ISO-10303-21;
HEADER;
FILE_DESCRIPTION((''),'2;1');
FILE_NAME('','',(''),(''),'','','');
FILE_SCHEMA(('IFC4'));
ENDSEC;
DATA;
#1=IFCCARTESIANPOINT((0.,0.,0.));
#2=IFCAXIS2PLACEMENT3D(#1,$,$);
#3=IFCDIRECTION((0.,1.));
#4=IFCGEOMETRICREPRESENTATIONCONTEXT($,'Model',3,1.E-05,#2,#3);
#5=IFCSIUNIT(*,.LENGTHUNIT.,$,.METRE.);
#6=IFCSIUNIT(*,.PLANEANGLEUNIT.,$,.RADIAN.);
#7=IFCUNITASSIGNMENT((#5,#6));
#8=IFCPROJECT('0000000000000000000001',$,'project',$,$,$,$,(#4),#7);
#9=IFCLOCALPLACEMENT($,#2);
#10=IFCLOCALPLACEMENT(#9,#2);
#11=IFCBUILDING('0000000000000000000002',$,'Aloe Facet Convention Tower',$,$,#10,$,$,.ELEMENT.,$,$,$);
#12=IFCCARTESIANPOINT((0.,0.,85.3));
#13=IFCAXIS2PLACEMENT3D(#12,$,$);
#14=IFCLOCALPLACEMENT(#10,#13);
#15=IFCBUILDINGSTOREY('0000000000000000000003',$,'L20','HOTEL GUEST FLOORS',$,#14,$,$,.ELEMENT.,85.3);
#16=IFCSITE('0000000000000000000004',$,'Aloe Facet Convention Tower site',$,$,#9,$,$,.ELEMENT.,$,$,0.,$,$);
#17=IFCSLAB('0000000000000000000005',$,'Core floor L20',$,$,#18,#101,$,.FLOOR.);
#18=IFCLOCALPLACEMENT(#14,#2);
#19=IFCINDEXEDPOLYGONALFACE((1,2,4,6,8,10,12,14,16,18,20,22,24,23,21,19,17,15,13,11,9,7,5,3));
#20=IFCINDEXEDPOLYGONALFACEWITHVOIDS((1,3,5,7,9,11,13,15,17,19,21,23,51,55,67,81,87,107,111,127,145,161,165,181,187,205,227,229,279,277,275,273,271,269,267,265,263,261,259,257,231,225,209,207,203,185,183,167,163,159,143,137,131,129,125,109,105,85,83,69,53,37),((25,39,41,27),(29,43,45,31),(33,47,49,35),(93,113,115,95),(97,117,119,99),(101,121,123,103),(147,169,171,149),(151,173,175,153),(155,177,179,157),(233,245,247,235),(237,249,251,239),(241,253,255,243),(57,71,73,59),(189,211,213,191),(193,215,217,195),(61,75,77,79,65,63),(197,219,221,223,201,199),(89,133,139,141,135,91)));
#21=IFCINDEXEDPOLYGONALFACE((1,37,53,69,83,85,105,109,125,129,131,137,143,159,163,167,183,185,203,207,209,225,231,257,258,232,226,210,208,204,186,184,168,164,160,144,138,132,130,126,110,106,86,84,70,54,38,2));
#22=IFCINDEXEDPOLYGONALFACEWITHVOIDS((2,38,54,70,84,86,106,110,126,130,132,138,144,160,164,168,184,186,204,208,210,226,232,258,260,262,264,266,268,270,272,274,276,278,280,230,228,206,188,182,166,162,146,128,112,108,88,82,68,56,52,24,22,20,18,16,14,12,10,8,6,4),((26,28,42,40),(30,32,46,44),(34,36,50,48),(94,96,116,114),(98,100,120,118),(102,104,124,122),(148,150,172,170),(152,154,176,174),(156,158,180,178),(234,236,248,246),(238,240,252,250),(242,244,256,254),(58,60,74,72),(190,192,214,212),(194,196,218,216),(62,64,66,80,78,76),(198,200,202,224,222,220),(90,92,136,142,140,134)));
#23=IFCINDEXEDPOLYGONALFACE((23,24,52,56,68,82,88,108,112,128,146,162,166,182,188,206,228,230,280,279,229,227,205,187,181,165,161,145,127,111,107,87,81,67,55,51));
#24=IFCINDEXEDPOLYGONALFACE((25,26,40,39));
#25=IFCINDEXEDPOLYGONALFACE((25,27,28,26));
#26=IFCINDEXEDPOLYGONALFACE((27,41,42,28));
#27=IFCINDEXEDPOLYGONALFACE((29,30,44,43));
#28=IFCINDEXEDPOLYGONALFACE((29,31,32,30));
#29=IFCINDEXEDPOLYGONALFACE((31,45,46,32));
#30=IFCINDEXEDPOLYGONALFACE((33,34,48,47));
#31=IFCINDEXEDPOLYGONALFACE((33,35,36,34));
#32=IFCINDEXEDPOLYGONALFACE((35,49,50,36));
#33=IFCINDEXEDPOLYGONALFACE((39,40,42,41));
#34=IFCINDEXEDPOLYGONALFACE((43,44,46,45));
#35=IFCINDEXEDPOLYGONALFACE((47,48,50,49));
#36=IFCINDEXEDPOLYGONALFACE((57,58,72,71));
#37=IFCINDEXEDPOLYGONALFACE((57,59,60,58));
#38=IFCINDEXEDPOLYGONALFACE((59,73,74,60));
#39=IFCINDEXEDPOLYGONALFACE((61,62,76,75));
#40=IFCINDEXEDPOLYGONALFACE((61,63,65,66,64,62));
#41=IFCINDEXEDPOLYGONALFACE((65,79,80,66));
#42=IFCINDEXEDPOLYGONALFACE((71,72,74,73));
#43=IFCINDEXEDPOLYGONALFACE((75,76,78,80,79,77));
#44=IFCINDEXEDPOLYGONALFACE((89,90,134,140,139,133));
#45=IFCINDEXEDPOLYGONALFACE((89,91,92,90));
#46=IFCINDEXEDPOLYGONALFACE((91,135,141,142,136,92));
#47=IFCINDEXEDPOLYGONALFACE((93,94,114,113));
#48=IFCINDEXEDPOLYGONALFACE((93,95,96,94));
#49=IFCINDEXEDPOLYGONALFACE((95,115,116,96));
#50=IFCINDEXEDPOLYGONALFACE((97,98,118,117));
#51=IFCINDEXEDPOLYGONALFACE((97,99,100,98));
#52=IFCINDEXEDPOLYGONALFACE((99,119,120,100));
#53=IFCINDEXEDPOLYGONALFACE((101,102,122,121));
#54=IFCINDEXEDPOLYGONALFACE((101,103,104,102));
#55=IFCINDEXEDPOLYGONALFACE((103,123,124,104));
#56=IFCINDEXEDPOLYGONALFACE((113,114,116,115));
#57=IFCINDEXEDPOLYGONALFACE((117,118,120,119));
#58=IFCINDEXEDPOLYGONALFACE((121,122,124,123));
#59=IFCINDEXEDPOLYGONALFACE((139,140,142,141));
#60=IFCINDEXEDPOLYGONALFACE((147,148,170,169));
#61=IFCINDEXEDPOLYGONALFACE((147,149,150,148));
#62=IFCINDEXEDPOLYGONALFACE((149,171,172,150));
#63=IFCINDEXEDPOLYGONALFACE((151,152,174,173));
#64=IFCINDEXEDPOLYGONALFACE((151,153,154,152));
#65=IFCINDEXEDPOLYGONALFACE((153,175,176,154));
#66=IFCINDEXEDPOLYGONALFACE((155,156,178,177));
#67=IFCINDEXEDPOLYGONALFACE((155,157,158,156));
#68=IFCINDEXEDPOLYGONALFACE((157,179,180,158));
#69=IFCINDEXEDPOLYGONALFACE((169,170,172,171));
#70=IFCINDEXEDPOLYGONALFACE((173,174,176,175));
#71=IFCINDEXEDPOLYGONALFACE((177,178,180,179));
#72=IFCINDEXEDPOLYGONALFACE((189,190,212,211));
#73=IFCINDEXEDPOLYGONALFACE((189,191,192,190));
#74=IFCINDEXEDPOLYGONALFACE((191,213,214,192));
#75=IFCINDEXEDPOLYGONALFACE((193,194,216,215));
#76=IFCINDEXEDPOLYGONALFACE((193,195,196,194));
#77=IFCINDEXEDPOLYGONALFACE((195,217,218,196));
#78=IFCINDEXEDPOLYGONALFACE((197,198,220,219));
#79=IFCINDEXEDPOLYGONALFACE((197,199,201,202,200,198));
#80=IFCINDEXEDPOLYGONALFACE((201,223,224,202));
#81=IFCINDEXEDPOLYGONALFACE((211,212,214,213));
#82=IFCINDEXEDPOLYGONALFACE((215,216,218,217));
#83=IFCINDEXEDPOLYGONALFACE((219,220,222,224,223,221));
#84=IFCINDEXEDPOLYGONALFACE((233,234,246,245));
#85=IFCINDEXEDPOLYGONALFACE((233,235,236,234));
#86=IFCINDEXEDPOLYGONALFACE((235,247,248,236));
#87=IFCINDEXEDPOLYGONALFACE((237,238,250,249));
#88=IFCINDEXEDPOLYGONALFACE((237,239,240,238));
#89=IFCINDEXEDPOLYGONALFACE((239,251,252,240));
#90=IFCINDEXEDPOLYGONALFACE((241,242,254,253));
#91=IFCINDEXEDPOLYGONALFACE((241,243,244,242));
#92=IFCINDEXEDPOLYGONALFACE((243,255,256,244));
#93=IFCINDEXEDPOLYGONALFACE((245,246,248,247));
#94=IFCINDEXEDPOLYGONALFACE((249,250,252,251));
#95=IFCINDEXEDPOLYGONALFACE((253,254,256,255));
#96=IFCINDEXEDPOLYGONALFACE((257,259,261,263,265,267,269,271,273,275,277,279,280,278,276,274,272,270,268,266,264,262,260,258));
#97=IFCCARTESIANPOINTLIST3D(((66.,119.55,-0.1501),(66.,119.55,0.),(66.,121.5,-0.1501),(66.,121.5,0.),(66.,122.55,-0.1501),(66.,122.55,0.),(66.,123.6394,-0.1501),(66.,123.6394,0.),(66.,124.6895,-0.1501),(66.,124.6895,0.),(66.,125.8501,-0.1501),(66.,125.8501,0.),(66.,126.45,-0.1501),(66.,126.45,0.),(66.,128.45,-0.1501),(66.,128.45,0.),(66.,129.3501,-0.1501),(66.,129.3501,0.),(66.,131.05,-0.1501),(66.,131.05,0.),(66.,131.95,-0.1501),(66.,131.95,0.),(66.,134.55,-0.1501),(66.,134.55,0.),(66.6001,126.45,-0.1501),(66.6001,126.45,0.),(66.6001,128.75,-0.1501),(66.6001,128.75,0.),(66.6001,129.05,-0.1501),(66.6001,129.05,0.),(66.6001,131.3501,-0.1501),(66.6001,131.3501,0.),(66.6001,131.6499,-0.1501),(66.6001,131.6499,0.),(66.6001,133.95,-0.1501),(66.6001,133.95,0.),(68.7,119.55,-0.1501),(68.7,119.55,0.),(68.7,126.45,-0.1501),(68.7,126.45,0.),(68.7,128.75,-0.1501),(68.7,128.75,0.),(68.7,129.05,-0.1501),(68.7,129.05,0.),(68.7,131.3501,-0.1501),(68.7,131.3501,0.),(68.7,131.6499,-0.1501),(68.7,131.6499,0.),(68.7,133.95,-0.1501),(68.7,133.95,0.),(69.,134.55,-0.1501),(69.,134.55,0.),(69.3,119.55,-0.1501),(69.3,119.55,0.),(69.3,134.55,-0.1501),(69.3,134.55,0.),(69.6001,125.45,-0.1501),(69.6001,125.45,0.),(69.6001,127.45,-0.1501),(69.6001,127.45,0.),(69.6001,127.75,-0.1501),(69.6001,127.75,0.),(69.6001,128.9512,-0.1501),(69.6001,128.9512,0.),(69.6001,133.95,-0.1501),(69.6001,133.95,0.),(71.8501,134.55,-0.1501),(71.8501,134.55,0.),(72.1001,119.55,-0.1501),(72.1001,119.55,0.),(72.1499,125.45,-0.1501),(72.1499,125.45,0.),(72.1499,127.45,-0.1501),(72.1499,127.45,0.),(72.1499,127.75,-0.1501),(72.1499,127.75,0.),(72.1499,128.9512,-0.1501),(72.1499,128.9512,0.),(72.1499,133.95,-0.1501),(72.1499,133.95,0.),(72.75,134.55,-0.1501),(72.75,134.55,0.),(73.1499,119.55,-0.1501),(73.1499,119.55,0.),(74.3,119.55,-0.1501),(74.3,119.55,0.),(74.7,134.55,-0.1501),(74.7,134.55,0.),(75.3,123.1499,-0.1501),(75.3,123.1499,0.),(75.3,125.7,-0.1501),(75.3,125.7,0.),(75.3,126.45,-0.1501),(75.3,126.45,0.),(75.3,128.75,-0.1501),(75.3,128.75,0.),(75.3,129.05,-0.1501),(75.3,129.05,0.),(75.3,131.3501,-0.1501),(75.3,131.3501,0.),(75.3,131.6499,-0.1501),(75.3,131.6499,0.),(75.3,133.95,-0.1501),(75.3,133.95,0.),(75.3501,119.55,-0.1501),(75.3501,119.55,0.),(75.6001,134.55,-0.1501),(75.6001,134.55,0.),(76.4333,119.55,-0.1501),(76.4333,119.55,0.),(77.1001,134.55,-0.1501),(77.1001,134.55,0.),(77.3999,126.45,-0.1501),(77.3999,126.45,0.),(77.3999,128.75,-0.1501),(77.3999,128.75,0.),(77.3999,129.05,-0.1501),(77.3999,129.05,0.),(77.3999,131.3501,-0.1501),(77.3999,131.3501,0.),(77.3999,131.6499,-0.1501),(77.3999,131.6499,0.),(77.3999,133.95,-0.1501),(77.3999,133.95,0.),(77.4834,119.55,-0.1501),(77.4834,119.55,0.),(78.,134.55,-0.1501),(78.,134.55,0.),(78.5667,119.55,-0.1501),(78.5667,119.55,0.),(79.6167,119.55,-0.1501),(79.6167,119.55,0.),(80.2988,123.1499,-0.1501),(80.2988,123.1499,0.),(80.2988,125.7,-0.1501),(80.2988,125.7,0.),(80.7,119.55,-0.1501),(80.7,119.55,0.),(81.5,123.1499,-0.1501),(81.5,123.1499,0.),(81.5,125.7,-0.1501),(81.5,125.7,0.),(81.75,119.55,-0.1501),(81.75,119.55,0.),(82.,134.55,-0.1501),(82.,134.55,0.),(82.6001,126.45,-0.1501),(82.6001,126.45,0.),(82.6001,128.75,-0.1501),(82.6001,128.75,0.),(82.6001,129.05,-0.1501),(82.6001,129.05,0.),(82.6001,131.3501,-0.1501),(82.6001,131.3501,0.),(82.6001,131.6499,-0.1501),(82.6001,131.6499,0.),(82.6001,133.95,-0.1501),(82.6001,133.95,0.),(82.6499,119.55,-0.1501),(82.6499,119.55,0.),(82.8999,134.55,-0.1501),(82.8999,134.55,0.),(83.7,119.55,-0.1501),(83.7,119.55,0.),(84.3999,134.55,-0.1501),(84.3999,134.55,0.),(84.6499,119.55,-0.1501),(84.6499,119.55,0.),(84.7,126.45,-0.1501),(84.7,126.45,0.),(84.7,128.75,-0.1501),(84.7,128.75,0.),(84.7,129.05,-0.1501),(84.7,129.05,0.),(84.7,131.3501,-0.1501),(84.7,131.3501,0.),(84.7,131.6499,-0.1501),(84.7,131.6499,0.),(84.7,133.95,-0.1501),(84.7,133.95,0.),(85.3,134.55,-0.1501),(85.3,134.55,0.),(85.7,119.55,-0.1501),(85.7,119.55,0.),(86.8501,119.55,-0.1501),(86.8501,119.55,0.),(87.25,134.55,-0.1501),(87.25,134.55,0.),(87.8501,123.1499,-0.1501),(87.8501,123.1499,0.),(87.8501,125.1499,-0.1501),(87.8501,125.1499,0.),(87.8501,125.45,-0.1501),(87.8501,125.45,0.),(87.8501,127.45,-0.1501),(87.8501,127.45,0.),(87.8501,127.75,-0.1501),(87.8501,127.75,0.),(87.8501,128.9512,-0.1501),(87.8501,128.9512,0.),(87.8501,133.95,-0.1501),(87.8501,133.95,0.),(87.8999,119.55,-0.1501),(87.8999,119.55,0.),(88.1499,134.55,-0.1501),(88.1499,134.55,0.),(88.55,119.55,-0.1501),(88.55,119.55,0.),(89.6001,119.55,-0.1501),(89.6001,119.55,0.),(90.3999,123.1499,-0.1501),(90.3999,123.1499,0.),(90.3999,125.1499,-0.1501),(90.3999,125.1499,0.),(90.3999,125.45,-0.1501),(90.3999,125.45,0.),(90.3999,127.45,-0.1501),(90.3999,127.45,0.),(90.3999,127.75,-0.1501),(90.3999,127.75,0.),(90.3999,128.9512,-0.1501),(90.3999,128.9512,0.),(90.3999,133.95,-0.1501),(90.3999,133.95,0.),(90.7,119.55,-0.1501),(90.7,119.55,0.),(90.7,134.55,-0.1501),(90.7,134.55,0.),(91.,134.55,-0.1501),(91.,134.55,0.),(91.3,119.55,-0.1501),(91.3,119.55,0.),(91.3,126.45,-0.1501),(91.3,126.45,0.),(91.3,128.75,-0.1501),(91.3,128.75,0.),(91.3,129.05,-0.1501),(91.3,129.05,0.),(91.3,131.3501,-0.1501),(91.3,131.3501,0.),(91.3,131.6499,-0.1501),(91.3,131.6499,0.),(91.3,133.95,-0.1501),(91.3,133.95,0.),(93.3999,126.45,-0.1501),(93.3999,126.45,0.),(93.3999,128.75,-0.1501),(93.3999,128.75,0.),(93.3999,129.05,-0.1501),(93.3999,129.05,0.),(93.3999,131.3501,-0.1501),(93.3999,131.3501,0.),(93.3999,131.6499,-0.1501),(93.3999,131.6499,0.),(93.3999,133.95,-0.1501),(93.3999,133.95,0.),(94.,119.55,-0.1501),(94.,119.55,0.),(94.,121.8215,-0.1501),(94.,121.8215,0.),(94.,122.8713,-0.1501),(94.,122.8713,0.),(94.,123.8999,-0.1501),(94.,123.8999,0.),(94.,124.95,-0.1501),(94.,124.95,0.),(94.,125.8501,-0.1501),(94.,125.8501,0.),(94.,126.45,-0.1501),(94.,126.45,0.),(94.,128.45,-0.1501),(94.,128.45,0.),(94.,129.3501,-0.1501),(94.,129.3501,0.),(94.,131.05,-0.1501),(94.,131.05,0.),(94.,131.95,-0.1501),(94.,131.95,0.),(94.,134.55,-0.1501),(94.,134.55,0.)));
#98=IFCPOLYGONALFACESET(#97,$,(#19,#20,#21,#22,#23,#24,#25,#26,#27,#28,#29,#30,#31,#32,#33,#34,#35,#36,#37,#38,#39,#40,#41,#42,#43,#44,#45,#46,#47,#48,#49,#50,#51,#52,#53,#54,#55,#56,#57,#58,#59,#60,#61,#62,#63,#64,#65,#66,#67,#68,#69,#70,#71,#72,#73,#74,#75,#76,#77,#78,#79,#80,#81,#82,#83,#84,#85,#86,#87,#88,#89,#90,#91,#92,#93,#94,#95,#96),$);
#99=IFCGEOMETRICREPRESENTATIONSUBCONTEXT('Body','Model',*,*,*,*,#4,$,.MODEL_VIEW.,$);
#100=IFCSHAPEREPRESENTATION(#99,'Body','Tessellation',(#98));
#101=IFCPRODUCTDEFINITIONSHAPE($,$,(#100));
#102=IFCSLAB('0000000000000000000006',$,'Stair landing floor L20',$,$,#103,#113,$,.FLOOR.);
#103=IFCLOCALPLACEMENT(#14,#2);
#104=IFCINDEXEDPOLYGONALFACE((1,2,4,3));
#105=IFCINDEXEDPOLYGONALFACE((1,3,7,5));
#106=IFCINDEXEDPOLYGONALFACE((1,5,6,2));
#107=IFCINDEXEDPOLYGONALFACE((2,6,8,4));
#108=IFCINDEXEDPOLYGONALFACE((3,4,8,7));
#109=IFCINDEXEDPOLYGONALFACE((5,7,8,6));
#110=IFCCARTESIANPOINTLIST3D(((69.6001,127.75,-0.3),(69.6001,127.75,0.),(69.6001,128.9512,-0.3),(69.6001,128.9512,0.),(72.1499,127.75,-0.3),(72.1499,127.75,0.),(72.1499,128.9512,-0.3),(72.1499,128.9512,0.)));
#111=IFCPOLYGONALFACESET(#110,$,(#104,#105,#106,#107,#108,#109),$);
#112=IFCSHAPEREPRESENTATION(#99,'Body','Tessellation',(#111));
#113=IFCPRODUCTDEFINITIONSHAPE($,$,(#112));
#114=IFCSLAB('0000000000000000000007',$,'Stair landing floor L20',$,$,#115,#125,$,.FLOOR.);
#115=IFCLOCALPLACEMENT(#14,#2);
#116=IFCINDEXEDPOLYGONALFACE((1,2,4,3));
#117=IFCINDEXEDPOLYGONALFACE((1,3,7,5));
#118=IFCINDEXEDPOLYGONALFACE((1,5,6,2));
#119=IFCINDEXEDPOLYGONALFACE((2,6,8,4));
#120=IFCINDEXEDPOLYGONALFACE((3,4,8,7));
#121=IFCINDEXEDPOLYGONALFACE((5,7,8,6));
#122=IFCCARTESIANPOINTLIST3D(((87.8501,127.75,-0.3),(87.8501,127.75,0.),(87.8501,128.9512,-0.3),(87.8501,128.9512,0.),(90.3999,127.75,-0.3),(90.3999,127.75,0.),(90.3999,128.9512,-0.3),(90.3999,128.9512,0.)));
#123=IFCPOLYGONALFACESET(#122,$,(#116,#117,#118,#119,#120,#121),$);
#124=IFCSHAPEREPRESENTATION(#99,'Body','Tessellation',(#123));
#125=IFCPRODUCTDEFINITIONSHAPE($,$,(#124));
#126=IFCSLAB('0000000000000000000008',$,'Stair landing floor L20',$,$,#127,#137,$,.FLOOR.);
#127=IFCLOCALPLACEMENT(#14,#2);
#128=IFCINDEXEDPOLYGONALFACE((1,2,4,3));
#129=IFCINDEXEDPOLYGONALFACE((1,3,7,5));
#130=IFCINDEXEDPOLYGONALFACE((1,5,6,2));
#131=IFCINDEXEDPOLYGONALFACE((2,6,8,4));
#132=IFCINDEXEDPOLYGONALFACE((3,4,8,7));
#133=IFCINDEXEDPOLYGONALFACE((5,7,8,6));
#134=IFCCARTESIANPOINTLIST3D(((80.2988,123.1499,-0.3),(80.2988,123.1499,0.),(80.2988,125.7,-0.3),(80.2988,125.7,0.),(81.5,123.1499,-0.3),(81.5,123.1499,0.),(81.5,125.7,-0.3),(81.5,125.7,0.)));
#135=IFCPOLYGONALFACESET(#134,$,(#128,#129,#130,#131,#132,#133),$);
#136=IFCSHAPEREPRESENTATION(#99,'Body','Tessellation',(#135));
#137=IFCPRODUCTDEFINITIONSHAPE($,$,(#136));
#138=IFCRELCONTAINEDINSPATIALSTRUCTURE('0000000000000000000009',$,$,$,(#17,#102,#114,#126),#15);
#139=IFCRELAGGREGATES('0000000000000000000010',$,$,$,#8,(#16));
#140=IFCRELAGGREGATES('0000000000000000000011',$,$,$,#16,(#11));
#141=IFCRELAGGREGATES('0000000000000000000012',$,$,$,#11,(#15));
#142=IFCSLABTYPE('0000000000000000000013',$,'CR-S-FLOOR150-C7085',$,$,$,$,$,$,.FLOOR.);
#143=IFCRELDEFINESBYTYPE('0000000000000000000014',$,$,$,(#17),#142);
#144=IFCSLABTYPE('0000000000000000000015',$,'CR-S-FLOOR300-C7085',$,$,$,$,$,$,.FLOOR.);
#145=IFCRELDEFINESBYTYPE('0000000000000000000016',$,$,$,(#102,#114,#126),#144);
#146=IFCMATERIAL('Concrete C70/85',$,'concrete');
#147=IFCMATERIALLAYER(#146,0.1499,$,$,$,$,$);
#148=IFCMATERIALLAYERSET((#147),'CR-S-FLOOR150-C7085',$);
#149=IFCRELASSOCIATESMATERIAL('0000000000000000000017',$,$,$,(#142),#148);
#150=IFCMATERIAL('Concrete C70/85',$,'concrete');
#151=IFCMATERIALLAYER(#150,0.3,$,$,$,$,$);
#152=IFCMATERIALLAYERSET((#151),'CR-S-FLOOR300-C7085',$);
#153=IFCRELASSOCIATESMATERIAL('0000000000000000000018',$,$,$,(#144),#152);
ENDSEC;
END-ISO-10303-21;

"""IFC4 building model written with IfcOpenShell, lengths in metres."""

from ifc_helpers import new_model, si_unit, direction, frame, origin, place, context, subcontext, project, spatial, polyline, outline, extrude, material, layer, layer_set, type_object, element, save


model = new_model("IFC4")

# Units and contexts
model_context = context("Model", 3, precision=1e-05, world=origin(), true_north=direction((0.0, 1.0)))
body_context = subcontext(model_context, "Body", "Model", "MODEL_VIEW")
ifc_project = project(units=[si_unit("LENGTHUNIT", "METRE"), si_unit("PLANEANGLEUNIT", "RADIAN")], contexts=[model_context])

# Site, building, storey
site_placement = place(None, origin())
site = spatial("IfcSite", under=ifc_project, at=site_placement, Name="Aloe Facet Convention Tower site", CompositionType="ELEMENT", RefElevation=0.0)
building_placement = place(site_placement, origin())
building = spatial("IfcBuilding", under=site, at=building_placement, Name="Aloe Facet Convention Tower", CompositionType="ELEMENT")
storey_placement = place(building_placement, frame((0.0, 0.0, 85.3)))
storey = spatial("IfcBuildingStorey", under=building, at=storey_placement, Name="L20", Description="HOTEL GUEST FLOORS", CompositionType="ELEMENT", Elevation=85.3)

# Slabs
ifc_material_1 = material(Name="Concrete C70/85", Category="concrete")
ifc_layer_1 = layer(ifc_material_1, 0.1499)
ifc_layer_set_1 = layer_set([ifc_layer_1], Name="CR-S-FLOOR150-C7085")
slab_type_1 = type_object("IfcSlabType", Name="CR-S-FLOOR150-C7085", PredefinedType="FLOOR", material=ifc_layer_set_1)
slab_1_placement = place(storey_placement, frame((0.0, 0.0, -0.1501)))
element("IfcSlab", 1, at=slab_1_placement, inside=storey, type_object=slab_type_1, Name="Core floor L20", PredefinedType="FLOOR", context=body_context, shape_type="SweptSolid", body=[
    extrude(outline(polyline([(69.3, 134.55), (71.8501, 134.55), (72.75, 134.55), (74.7, 134.55), (75.6001, 134.55), (77.1001, 134.55), (78.0, 134.55), (82.0, 134.55), (82.8999, 134.55), (84.3999, 134.55), (85.3, 134.55), (87.25, 134.55), (88.1499, 134.55), (90.7, 134.55), (91.0, 134.55), (94.0, 134.55), (94.0, 131.95), (94.0, 131.05), (94.0, 129.3501), (94.0, 128.45), (94.0, 126.45), (94.0, 125.8501), (94.0, 124.95), (94.0, 123.8999), (94.0, 122.8713), (94.0, 121.8215), (94.0, 119.55), (91.3, 119.55), (90.7, 119.55), (89.6001, 119.55), (88.55, 119.55), (87.8999, 119.55), (86.8501, 119.55), (85.7, 119.55), (84.6499, 119.55), (83.7, 119.55), (82.6499, 119.55), (81.75, 119.55), (80.7, 119.55), (79.6167, 119.55), (78.5667, 119.55), (77.4834, 119.55), (76.4333, 119.55), (75.3501, 119.55), (74.3, 119.55), (73.1499, 119.55), (72.1001, 119.55), (69.3, 119.55), (68.7, 119.55), (66.0, 119.55), (66.0, 121.5), (66.0, 122.55), (66.0, 123.6394), (66.0, 124.6895), (66.0, 125.8501), (66.0, 126.45), (66.0, 128.45), (66.0, 129.3501), (66.0, 131.05), (66.0, 131.95), (66.0, 134.55), (69.0, 134.55), (69.3, 134.55)]), holes=[polyline([(75.3, 123.1499), (80.2988, 123.1499), (81.5, 123.1499), (81.5, 125.7), (80.2988, 125.7), (75.3, 125.7), (75.3, 123.1499)]), polyline([(69.6001, 125.45), (72.1499, 125.45), (72.1499, 127.45), (69.6001, 127.45), (69.6001, 125.45)]), polyline([(66.6001, 126.45), (68.7, 126.45), (68.7, 128.75), (66.6001, 128.75), (66.6001, 126.45)]), polyline([(75.3, 126.45), (77.3999, 126.45), (77.3999, 128.75), (75.3, 128.75), (75.3, 126.45)]), polyline([(66.6001, 129.05), (68.7, 129.05), (68.7, 131.3501), (66.6001, 131.3501), (66.6001, 129.05)]), polyline([(75.3, 129.05), (77.3999, 129.05), (77.3999, 131.3501), (75.3, 131.3501), (75.3, 129.05)]), polyline([(69.6001, 133.95), (69.6001, 128.9512), (69.6001, 127.75), (72.1499, 127.75), (72.1499, 128.9512), (72.1499, 133.95), (69.6001, 133.95)]), polyline([(66.6001, 133.95), (66.6001, 131.6499), (68.7, 131.6499), (68.7, 133.95), (66.6001, 133.95)]), polyline([(75.3, 133.95), (75.3, 131.6499), (77.3999, 131.6499), (77.3999, 133.95), (75.3, 133.95)]), polyline([(87.8501, 123.1499), (90.3999, 123.1499), (90.3999, 125.1499), (87.8501, 125.1499), (87.8501, 123.1499)]), polyline([(87.8501, 125.45), (90.3999, 125.45), (90.3999, 127.45), (87.8501, 127.45), (87.8501, 125.45)]), polyline([(82.6001, 126.45), (84.7, 126.45), (84.7, 128.75), (82.6001, 128.75), (82.6001, 126.45)]), polyline([(91.3, 126.45), (93.3999, 126.45), (93.3999, 128.75), (91.3, 128.75), (91.3, 126.45)]), polyline([(82.6001, 129.05), (84.7, 129.05), (84.7, 131.3501), (82.6001, 131.3501), (82.6001, 129.05)]), polyline([(91.3, 129.05), (93.3999, 129.05), (93.3999, 131.3501), (91.3, 131.3501), (91.3, 129.05)]), polyline([(87.8501, 133.95), (87.8501, 128.9512), (87.8501, 127.75), (90.3999, 127.75), (90.3999, 128.9512), (90.3999, 133.95), (87.8501, 133.95)]), polyline([(82.6001, 133.95), (82.6001, 131.6499), (84.7, 131.6499), (84.7, 133.95), (82.6001, 133.95)]), polyline([(91.3, 133.95), (91.3, 131.6499), (93.3999, 131.6499), (93.3999, 133.95), (91.3, 133.95)])]), origin(), (0.0, 0.0, 1.0), 0.1501),
])
ifc_material_2 = material(Name="Concrete C70/85", Category="concrete")
ifc_layer_2 = layer(ifc_material_2, 0.3)
ifc_layer_set_2 = layer_set([ifc_layer_2], Name="CR-S-FLOOR300-C7085")
slab_type_2 = type_object("IfcSlabType", Name="CR-S-FLOOR300-C7085", PredefinedType="FLOOR", material=ifc_layer_set_2)
slab_2_placement = place(storey_placement, frame((0.0, 0.0, -0.3)))
element("IfcSlab", 2, at=slab_2_placement, inside=storey, type_object=slab_type_2, Name="Stair landing floor L20", PredefinedType="FLOOR", context=body_context, shape_type="SweptSolid", body=[
    extrude(outline(polyline([(72.1499, 127.75), (72.1499, 128.9512), (69.6001, 128.9512), (69.6001, 127.75), (72.1499, 127.75)])), origin(), (0.0, 0.0, 1.0), 0.3),
])
slab_3_placement = place(storey_placement, frame((0.0, 0.0, -0.3)))
element("IfcSlab", 3, at=slab_3_placement, inside=storey, type_object=slab_type_2, Name="Stair landing floor L20", PredefinedType="FLOOR", context=body_context, shape_type="SweptSolid", body=[
    extrude(outline(polyline([(90.3999, 127.75), (90.3999, 128.9512), (87.8501, 128.9512), (87.8501, 127.75), (90.3999, 127.75)])), origin(), (0.0, 0.0, 1.0), 0.3),
])
slab_4_placement = place(storey_placement, frame((0.0, 0.0, -0.3)))
element("IfcSlab", 4, at=slab_4_placement, inside=storey, type_object=slab_type_2, Name="Stair landing floor L20", PredefinedType="FLOOR", context=body_context, shape_type="SweptSolid", body=[
    extrude(outline(polyline([(81.5, 125.7), (80.2988, 125.7), (80.2988, 123.1499), (81.5, 123.1499), (81.5, 125.7)])), origin(), (0.0, 0.0, 1.0), 0.3),
])

save(model, "model.ifc")
